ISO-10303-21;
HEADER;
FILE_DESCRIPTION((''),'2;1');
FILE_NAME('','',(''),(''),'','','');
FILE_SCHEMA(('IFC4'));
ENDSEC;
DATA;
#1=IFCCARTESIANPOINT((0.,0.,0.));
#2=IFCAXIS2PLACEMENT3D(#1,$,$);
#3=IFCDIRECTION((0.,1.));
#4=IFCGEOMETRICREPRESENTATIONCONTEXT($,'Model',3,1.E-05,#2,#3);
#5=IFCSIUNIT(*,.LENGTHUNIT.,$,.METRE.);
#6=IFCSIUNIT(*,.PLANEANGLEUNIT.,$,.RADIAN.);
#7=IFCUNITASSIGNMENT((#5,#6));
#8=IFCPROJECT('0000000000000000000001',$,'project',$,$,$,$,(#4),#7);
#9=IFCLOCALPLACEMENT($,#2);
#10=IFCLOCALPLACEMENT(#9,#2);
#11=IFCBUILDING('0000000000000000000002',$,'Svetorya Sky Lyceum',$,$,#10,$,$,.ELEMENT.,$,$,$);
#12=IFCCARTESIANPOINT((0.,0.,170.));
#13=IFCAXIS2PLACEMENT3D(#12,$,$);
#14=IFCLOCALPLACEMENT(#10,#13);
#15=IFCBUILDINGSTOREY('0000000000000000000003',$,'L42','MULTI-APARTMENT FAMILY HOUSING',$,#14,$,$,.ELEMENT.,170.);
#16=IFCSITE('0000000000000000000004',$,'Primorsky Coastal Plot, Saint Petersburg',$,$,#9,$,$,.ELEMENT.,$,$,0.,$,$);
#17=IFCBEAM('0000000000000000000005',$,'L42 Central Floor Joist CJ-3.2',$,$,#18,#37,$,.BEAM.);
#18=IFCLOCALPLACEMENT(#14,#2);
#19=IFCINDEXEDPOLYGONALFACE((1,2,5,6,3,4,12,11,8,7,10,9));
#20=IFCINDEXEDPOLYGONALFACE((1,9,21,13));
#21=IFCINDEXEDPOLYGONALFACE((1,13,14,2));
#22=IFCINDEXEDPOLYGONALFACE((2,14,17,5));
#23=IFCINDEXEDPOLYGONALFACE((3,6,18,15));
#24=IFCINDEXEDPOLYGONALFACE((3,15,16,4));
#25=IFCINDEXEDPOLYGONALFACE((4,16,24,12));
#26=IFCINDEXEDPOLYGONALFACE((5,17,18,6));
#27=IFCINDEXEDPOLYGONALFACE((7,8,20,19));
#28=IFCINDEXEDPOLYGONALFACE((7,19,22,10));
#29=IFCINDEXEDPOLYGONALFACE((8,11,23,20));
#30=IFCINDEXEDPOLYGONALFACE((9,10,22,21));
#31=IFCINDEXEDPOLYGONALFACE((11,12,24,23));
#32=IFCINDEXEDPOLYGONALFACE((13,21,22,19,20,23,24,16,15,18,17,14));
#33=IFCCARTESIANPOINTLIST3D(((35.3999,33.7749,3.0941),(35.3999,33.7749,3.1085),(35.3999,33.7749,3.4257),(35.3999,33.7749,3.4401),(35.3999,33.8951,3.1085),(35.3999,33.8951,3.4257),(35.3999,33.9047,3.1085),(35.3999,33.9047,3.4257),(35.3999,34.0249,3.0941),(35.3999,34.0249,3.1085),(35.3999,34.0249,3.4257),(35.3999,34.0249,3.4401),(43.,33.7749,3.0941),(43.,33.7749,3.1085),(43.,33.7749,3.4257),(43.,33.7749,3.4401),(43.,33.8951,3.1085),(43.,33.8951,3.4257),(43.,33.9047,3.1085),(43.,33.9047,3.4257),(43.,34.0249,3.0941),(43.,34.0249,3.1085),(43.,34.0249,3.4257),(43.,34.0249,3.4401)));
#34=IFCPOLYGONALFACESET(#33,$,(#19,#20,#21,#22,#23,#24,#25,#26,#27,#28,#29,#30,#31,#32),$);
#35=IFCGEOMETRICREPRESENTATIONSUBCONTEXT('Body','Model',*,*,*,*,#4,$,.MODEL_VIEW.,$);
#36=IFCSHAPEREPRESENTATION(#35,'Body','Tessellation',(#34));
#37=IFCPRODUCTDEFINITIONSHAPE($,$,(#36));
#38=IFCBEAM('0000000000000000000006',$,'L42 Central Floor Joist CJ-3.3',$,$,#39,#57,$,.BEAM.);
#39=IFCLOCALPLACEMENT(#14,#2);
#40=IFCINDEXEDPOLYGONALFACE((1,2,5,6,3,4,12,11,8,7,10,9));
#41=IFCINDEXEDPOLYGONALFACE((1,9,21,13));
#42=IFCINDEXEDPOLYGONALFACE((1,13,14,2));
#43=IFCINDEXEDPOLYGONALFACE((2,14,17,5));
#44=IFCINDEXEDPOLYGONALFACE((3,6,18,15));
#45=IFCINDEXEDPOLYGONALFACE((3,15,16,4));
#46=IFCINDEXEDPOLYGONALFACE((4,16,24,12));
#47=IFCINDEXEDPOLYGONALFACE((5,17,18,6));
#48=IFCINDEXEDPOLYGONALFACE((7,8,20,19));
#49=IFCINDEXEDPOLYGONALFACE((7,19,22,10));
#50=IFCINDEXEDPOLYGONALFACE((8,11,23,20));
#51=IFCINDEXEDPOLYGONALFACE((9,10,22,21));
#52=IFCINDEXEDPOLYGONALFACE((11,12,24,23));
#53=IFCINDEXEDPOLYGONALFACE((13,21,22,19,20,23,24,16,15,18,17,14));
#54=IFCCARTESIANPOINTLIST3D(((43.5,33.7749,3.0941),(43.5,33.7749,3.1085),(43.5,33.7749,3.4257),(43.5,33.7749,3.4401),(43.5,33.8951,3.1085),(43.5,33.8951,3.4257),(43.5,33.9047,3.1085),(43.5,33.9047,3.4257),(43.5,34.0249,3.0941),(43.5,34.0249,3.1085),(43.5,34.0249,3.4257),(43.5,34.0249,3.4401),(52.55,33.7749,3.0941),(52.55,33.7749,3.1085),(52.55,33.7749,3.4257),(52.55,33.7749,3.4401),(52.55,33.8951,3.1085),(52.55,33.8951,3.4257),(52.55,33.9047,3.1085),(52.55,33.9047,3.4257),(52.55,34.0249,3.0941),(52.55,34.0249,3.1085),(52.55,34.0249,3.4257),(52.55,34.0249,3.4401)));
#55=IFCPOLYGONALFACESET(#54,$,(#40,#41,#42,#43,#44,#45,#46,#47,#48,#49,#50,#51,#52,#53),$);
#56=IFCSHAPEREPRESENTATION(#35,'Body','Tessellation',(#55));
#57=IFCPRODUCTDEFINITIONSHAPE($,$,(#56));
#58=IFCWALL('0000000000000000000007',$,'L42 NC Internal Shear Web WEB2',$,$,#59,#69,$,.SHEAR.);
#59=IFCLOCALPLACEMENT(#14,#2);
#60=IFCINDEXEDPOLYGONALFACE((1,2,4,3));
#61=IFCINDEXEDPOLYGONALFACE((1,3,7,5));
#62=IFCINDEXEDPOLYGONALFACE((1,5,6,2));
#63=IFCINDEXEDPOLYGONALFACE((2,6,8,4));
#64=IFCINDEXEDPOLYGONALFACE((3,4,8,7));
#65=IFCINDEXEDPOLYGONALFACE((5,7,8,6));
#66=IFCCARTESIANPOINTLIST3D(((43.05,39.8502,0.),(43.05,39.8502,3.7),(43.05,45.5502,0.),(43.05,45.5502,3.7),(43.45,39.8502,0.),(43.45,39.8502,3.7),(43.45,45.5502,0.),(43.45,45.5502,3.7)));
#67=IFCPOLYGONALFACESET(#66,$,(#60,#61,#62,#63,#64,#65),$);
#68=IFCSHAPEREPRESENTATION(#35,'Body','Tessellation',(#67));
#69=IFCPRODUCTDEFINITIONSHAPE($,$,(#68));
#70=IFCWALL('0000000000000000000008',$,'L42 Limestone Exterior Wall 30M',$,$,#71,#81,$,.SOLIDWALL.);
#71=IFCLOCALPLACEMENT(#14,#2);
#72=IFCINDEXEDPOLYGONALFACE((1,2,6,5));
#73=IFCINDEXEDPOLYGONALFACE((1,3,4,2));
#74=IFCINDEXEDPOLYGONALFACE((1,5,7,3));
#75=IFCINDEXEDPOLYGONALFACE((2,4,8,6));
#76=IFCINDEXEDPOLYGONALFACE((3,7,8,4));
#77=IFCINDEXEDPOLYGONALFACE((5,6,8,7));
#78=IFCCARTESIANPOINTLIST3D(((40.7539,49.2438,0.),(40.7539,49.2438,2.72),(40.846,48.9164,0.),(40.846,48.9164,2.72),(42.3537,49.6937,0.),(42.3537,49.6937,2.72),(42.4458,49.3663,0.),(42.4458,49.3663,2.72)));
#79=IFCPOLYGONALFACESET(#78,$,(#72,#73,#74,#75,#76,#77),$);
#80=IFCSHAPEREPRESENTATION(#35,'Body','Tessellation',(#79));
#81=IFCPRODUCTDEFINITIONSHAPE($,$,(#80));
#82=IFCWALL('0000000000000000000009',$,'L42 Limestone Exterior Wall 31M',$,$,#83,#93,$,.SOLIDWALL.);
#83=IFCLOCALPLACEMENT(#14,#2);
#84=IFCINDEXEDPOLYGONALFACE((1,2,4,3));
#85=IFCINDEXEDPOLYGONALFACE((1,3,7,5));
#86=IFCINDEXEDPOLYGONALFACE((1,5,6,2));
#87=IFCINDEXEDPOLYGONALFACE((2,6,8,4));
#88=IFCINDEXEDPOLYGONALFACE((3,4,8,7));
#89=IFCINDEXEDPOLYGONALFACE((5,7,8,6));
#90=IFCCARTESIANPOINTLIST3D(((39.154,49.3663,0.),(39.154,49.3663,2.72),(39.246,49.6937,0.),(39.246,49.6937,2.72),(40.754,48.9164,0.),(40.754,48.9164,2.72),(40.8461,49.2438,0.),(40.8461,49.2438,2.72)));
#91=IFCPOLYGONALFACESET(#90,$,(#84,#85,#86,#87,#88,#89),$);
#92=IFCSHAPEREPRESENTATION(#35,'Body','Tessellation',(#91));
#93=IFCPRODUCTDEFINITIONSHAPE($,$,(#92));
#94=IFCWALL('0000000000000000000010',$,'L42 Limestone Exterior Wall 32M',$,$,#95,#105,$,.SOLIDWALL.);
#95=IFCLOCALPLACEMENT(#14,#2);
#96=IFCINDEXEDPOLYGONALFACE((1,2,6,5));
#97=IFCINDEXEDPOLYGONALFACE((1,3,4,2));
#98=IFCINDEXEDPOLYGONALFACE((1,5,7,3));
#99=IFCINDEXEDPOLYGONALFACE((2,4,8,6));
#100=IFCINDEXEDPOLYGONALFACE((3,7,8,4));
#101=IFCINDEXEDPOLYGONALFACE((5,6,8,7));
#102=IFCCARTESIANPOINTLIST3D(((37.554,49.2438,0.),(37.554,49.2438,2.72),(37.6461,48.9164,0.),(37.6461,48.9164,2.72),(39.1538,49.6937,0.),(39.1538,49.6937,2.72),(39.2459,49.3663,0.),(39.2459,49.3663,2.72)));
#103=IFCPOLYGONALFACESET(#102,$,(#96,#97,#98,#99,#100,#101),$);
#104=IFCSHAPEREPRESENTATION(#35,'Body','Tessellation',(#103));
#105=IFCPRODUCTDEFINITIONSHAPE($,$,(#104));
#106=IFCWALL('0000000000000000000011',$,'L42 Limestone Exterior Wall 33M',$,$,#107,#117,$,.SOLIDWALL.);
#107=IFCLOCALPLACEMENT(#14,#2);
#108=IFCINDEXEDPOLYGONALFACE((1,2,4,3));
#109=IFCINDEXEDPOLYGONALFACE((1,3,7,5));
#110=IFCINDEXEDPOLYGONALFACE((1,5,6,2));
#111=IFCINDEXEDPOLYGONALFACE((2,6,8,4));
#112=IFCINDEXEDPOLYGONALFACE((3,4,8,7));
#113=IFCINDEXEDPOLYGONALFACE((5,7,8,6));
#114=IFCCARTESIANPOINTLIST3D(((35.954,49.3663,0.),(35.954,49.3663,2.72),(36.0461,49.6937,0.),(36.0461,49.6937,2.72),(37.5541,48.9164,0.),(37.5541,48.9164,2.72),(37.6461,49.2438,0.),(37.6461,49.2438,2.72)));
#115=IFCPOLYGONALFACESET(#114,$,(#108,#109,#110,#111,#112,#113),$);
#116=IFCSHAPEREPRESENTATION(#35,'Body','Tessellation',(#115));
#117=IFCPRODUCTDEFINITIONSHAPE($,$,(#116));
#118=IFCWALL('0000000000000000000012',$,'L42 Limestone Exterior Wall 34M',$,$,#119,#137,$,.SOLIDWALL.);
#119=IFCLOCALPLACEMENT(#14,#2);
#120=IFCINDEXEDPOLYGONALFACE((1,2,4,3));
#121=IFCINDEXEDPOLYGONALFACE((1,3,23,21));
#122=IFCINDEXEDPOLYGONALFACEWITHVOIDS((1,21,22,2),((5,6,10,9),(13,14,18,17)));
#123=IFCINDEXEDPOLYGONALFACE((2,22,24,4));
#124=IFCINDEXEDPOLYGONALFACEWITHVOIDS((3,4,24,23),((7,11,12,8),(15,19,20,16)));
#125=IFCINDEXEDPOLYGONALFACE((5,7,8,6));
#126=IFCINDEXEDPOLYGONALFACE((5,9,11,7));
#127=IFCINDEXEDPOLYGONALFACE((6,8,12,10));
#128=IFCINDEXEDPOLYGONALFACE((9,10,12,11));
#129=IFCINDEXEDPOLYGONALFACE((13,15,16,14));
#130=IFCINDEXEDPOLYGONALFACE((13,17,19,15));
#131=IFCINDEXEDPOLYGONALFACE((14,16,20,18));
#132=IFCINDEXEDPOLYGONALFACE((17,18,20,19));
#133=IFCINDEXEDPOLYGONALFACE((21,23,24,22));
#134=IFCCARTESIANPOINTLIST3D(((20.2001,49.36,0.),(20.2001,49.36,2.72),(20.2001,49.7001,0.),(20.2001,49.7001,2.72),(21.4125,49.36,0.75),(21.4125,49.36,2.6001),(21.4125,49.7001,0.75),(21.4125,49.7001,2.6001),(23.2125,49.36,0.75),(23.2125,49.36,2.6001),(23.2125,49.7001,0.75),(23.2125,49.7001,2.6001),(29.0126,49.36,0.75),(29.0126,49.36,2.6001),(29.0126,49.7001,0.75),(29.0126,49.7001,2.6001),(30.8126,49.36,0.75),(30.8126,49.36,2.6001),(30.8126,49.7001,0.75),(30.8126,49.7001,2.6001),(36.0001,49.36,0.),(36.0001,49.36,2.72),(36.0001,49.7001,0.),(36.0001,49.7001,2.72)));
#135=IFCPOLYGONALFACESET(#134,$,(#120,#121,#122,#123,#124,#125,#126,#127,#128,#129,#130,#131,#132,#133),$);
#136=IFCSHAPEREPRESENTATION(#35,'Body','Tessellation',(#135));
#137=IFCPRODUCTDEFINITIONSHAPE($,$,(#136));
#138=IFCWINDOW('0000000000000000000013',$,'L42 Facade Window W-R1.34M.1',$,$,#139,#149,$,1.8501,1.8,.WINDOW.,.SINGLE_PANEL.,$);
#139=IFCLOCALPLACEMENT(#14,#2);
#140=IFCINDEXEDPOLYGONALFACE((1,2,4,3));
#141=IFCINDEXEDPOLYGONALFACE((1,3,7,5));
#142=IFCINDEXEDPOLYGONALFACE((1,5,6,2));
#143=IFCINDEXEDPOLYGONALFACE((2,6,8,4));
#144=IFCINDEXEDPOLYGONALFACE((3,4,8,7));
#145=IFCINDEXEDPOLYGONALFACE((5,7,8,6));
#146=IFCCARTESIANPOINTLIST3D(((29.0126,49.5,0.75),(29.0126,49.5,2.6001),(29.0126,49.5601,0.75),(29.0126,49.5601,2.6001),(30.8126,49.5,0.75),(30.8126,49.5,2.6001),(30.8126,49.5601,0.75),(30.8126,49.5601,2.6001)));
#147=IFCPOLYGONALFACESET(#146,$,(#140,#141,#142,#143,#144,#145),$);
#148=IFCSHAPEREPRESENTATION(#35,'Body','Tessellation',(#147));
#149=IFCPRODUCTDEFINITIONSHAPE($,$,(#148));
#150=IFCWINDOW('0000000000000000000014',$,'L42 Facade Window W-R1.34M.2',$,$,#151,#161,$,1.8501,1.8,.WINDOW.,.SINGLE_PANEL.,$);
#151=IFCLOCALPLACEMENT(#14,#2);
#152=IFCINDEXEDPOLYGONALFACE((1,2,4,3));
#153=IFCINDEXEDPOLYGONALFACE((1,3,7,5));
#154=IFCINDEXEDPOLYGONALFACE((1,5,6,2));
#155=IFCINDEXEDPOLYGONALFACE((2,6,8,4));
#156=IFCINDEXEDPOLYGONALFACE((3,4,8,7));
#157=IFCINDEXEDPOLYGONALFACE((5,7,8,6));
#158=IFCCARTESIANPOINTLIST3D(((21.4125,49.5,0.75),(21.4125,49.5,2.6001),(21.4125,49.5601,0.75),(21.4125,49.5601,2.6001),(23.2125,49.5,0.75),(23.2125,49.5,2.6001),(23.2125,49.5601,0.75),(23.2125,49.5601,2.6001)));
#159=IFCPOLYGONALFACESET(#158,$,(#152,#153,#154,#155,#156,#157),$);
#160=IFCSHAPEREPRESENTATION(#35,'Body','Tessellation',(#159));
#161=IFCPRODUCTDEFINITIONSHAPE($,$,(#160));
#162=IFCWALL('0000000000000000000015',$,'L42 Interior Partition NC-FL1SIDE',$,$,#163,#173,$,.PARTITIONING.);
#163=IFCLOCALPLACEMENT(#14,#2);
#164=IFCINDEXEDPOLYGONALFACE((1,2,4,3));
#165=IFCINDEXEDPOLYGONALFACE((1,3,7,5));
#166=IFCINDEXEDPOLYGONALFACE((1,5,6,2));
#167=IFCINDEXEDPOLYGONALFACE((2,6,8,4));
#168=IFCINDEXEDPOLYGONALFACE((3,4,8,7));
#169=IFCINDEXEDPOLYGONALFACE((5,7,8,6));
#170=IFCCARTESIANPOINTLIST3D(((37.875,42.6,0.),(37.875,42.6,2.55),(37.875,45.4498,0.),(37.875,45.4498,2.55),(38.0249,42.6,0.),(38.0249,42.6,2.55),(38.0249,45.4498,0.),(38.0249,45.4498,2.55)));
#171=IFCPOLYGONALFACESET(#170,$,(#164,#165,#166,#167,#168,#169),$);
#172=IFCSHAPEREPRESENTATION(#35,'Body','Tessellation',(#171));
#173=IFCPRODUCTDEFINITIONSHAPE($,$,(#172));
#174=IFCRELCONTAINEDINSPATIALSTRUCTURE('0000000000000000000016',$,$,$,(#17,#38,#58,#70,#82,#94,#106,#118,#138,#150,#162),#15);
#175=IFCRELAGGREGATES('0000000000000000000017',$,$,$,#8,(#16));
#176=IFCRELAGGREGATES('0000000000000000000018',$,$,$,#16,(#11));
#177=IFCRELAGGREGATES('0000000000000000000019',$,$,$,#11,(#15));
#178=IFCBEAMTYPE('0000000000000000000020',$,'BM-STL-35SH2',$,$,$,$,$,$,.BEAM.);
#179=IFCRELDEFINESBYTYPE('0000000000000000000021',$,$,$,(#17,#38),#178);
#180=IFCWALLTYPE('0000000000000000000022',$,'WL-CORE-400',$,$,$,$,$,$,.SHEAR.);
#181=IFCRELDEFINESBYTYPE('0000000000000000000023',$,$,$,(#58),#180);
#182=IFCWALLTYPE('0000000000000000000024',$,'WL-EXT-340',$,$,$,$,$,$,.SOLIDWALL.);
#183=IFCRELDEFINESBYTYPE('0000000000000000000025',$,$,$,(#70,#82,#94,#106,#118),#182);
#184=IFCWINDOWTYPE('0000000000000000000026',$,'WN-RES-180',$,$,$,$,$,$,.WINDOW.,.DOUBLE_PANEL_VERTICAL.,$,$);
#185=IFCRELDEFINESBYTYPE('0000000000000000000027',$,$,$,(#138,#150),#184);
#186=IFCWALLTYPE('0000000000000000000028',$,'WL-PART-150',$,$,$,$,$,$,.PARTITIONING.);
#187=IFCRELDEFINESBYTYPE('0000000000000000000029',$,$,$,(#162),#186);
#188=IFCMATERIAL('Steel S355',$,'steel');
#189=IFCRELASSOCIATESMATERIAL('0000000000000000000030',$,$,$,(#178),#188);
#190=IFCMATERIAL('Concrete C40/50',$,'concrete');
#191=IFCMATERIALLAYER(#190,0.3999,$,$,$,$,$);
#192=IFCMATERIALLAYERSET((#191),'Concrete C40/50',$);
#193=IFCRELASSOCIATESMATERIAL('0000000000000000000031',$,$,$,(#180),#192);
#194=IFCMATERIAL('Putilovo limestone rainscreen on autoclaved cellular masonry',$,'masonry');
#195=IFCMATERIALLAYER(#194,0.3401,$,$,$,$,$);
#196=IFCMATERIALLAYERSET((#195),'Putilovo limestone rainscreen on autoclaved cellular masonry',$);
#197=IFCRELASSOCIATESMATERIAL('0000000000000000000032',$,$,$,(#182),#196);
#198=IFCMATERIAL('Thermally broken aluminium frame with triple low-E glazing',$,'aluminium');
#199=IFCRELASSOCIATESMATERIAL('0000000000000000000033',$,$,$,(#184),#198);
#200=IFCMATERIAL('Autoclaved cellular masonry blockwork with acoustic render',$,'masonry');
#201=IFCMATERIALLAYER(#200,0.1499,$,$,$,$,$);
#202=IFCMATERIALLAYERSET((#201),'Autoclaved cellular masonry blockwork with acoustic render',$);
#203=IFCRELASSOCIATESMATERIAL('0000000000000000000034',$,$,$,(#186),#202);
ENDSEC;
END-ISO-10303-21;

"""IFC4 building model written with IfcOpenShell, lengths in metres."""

from ifc_helpers import new_model, si_unit, direction, frame, frame_2d, origin, origin_2d, place, context, subcontext, project, spatial, rectangle, i_section, extrude, material, layer, layer_set, material_profile, profile_set, type_object, element, fill, save


model = new_model("IFC4")

# Units and contexts
model_context = context("Model", 3, precision=1e-05, world=origin(), true_north=direction((0.0, 1.0)))
body_context = subcontext(model_context, "Body", "Model", "MODEL_VIEW")
ifc_project = project(units=[si_unit("LENGTHUNIT", "METRE"), si_unit("PLANEANGLEUNIT", "RADIAN")], contexts=[model_context])

# Site, building, storey
site_placement = place(None, origin())
site = spatial("IfcSite", under=ifc_project, at=site_placement, Name="Primorsky Coastal Plot, Saint Petersburg", CompositionType="ELEMENT", RefElevation=0.0)
building_placement = place(site_placement, origin())
building = spatial("IfcBuilding", under=site, at=building_placement, Name="Svetorya Sky Lyceum", CompositionType="ELEMENT")
storey_placement = place(building_placement, frame((0.0, 0.0, 170.0)))
storey = spatial("IfcBuildingStorey", under=building, at=storey_placement, Name="L42", Description="MULTI-APARTMENT FAMILY HOUSING", CompositionType="ELEMENT", Elevation=170.0)

# Beams
ifc_material_1 = material(Name="Steel S355", Category="steel")
ifc_material_profile_1 = material_profile(ifc_material_1, i_section(OverallWidth=0.25, OverallDepth=0.3459, WebThickness=0.0095, FlangeThickness=0.0144, at=origin_2d()), Name="GOST 35Sh2")
ifc_profile_set_1 = profile_set([ifc_material_profile_1], Name="Steel S355")
beam_type_1 = type_object("IfcBeamType", Name="BM-STL-35SH2", PredefinedType="BEAM", material=ifc_profile_set_1)
beam_1_placement = place(storey_placement, frame((35.3999, 33.8999, 3.2671), z_axis=(1.0, 0.0, 0.0), x_axis=(0.0, 1.0, 0.0)))
element("IfcBeam", 1, at=beam_1_placement, inside=storey, type_object=beam_type_1, Name="L42 Central Floor Joist CJ-3.2", PredefinedType="BEAM", context=body_context, shape_type="SweptSolid", body=[
    extrude(i_section(OverallWidth=0.25, OverallDepth=0.3459, WebThickness=0.0095, FlangeThickness=0.0144, at=origin_2d()), origin(), (0.0, 0.0, 1.0), 7.6001),
])
beam_2_placement = place(storey_placement, frame((43.5, 33.8999, 3.2671), z_axis=(1.0, 0.0, 0.0), x_axis=(0.0, 1.0, 0.0)))
element("IfcBeam", 2, at=beam_2_placement, inside=storey, type_object=beam_type_1, Name="L42 Central Floor Joist CJ-3.3", PredefinedType="BEAM", context=body_context, shape_type="SweptSolid", body=[
    extrude(i_section(OverallWidth=0.25, OverallDepth=0.3459, WebThickness=0.0095, FlangeThickness=0.0144, at=origin_2d()), origin(), (0.0, 0.0, 1.0), 9.05),
])

# Walls
ifc_material_2 = material(Name="Concrete C40/50", Category="concrete")
ifc_layer_1 = layer(ifc_material_2, 0.3999)
ifc_layer_set_1 = layer_set([ifc_layer_1], Name="Concrete C40/50")
wall_type_1 = type_object("IfcWallType", Name="WL-CORE-400", PredefinedType="SHEAR", material=ifc_layer_set_1)
wall_1_placement = place(storey_placement, frame((43.25, 39.8501, 0.0), z_axis=(0.0, 0.0, 1.0), x_axis=(0.0, 1.0, 0.0)))
element("IfcWall", 3, at=wall_1_placement, inside=storey, type_object=wall_type_1, Name="L42 NC Internal Shear Web WEB2", PredefinedType="SHEAR", context=body_context, shape_type="SweptSolid", body=[
    extrude(rectangle(XDim=5.7, YDim=0.3999, at=frame_2d((2.8501, 0.0))), origin(), (0.0, 0.0, 1.0), 3.7),
])
ifc_material_3 = material(Name="Putilovo limestone rainscreen on autoclaved cellular masonry", Category="masonry")
ifc_layer_2 = layer(ifc_material_3, 0.3401)
ifc_layer_set_2 = layer_set([ifc_layer_2], Name="Putilovo limestone rainscreen on autoclaved cellular masonry")
wall_type_2 = type_object("IfcWallType", Name="WL-EXT-340", PredefinedType="SOLIDWALL", material=ifc_layer_set_2)
wall_2_placement = place(storey_placement, frame((42.3999, 49.53, 0.0), z_axis=(0.0, 0.0, 1.0), x_axis=(-0.962652, -0.270741, 0.0)))
element("IfcWall", 4, at=wall_2_placement, inside=storey, type_object=wall_type_2, Name="L42 Limestone Exterior Wall 30M", PredefinedType="SOLIDWALL", context=body_context, shape_type="SweptSolid", body=[
    extrude(rectangle(XDim=1.6619, YDim=0.3401, at=frame_2d((0.8311, 0.0))), origin(), (0.0, 0.0, 1.0), 2.72),
])
wall_3_placement = place(storey_placement, frame((40.8, 49.0801, 0.0), z_axis=(0.0, 0.0, 1.0), x_axis=(-0.962663, 0.270703, 0.0)))
element("IfcWall", 5, at=wall_3_placement, inside=storey, type_object=wall_type_2, Name="L42 Limestone Exterior Wall 31M", PredefinedType="SOLIDWALL", context=body_context, shape_type="SweptSolid", body=[
    extrude(rectangle(XDim=1.6621, YDim=0.3401, at=frame_2d((0.8311, 0.0))), origin(), (0.0, 0.0, 1.0), 2.72),
])
wall_4_placement = place(storey_placement, frame((39.2, 49.53, 0.0), z_axis=(0.0, 0.0, 1.0), x_axis=(-0.962652, -0.270741, 0.0)))
element("IfcWall", 6, at=wall_4_placement, inside=storey, type_object=wall_type_2, Name="L42 Limestone Exterior Wall 32M", PredefinedType="SOLIDWALL", context=body_context, shape_type="SweptSolid", body=[
    extrude(rectangle(XDim=1.6619, YDim=0.3401, at=frame_2d((0.8311, 0.0))), origin(), (0.0, 0.0, 1.0), 2.72),
])
wall_5_placement = place(storey_placement, frame((37.6001, 49.0801, 0.0), z_axis=(0.0, 0.0, 1.0), x_axis=(-0.962663, 0.270703, 0.0)))
element("IfcWall", 7, at=wall_5_placement, inside=storey, type_object=wall_type_2, Name="L42 Limestone Exterior Wall 33M", PredefinedType="SOLIDWALL", context=body_context, shape_type="SweptSolid", body=[
    extrude(rectangle(XDim=1.6621, YDim=0.3401, at=frame_2d((0.8311, 0.0))), origin(), (0.0, 0.0, 1.0), 2.72),
])

# Wall, openings, windows
wall_6_placement = place(storey_placement, frame((36.0, 49.53, 0.0), z_axis=(0.0, 0.0, 1.0), x_axis=(-1.0, 0.0, 0.0)))
wall_6 = element("IfcWall", 8, at=wall_6_placement, inside=storey, type_object=wall_type_2, Name="L42 Limestone Exterior Wall 34M", PredefinedType="SOLIDWALL", context=body_context, shape_type="SweptSolid", body=[
    extrude(rectangle(XDim=15.8, YDim=0.3401, at=frame_2d((7.8999, 0.0))), origin(), (0.0, 0.0, 1.0), 2.72),
])
opening_1_placement = place(wall_6_placement, frame((5.1875, 0.0, 0.75)))
opening_1 = element("IfcOpeningElement", 9, at=opening_1_placement, cuts=wall_6, PredefinedType="OPENING", context=body_context, shape_type="SweptSolid", body=[
    extrude(rectangle(XDim=1.8, YDim=1.8501, at=frame_2d((0.8999, 0.925))), frame((0.0, 0.1799, 0.0), z_axis=(0.0, -1.0, 0.0), x_axis=(1.0, 0.0, 0.0)), (0.0, 0.0, 1.0), 0.3601),
])
opening_2_placement = place(wall_6_placement, frame((12.7876, 0.0, 0.75)))
opening_2 = element("IfcOpeningElement", 10, at=opening_2_placement, cuts=wall_6, PredefinedType="OPENING", context=body_context, shape_type="SweptSolid", body=[
    extrude(rectangle(XDim=1.8, YDim=1.8501, at=frame_2d((0.8999, 0.925))), frame((0.0, 0.1799, 0.0), z_axis=(0.0, -1.0, 0.0), x_axis=(1.0, 0.0, 0.0)), (0.0, 0.0, 1.0), 0.3601),
])
ifc_material_4 = material(Name="Thermally broken aluminium frame with triple low-E glazing", Category="aluminium")
window_type = type_object("IfcWindowType", Name="WN-RES-180", PartitioningType="DOUBLE_PANEL_VERTICAL", PredefinedType="WINDOW", material=ifc_material_4)
window_1_placement = place(opening_1_placement, origin())
window_1 = element("IfcWindow", 11, at=window_1_placement, inside=storey, type_object=window_type, Name="L42 Facade Window W-R1.34M.1", OverallHeight=1.8501, OverallWidth=1.8, PartitioningType="SINGLE_PANEL", PredefinedType="WINDOW", context=body_context, shape_type="SweptSolid", body=[
    extrude(rectangle(XDim=1.8, YDim=1.8501, at=frame_2d((0.8999, 0.925))), frame((0.0, 0.03, 0.0), z_axis=(0.0, -1.0, 0.0), x_axis=(1.0, 0.0, 0.0)), (0.0, 0.0, 1.0), 0.0601),
])
fill(opening_1, window_1)
window_2_placement = place(opening_2_placement, origin())
window_2 = element("IfcWindow", 12, at=window_2_placement, inside=storey, type_object=window_type, Name="L42 Facade Window W-R1.34M.2", OverallHeight=1.8501, OverallWidth=1.8, PartitioningType="SINGLE_PANEL", PredefinedType="WINDOW", context=body_context, shape_type="SweptSolid", body=[
    extrude(rectangle(XDim=1.8, YDim=1.8501, at=frame_2d((0.8999, 0.925))), frame((0.0, 0.03, 0.0), z_axis=(0.0, -1.0, 0.0), x_axis=(1.0, 0.0, 0.0)), (0.0, 0.0, 1.0), 0.0601),
])
fill(opening_2, window_2)

# Wall
ifc_material_5 = material(Name="Autoclaved cellular masonry blockwork with acoustic render", Category="masonry")
ifc_layer_3 = layer(ifc_material_5, 0.1499)
ifc_layer_set_3 = layer_set([ifc_layer_3], Name="Autoclaved cellular masonry blockwork with acoustic render")
wall_type_3 = type_object("IfcWallType", Name="WL-PART-150", PredefinedType="PARTITIONING", material=ifc_layer_set_3)
wall_7_placement = place(storey_placement, frame((37.95, 42.6001, 0.0), z_axis=(0.0, 0.0, 1.0), x_axis=(0.0, 1.0, 0.0)))
element("IfcWall", 13, at=wall_7_placement, inside=storey, type_object=wall_type_3, Name="L42 Interior Partition NC-FL1SIDE", PredefinedType="PARTITIONING", context=body_context, shape_type="SweptSolid", body=[
    extrude(rectangle(XDim=2.8499, YDim=0.1499, at=frame_2d((1.4248, 0.0))), origin(), (0.0, 0.0, 1.0), 2.55),
])

save(model, "model.ifc")
